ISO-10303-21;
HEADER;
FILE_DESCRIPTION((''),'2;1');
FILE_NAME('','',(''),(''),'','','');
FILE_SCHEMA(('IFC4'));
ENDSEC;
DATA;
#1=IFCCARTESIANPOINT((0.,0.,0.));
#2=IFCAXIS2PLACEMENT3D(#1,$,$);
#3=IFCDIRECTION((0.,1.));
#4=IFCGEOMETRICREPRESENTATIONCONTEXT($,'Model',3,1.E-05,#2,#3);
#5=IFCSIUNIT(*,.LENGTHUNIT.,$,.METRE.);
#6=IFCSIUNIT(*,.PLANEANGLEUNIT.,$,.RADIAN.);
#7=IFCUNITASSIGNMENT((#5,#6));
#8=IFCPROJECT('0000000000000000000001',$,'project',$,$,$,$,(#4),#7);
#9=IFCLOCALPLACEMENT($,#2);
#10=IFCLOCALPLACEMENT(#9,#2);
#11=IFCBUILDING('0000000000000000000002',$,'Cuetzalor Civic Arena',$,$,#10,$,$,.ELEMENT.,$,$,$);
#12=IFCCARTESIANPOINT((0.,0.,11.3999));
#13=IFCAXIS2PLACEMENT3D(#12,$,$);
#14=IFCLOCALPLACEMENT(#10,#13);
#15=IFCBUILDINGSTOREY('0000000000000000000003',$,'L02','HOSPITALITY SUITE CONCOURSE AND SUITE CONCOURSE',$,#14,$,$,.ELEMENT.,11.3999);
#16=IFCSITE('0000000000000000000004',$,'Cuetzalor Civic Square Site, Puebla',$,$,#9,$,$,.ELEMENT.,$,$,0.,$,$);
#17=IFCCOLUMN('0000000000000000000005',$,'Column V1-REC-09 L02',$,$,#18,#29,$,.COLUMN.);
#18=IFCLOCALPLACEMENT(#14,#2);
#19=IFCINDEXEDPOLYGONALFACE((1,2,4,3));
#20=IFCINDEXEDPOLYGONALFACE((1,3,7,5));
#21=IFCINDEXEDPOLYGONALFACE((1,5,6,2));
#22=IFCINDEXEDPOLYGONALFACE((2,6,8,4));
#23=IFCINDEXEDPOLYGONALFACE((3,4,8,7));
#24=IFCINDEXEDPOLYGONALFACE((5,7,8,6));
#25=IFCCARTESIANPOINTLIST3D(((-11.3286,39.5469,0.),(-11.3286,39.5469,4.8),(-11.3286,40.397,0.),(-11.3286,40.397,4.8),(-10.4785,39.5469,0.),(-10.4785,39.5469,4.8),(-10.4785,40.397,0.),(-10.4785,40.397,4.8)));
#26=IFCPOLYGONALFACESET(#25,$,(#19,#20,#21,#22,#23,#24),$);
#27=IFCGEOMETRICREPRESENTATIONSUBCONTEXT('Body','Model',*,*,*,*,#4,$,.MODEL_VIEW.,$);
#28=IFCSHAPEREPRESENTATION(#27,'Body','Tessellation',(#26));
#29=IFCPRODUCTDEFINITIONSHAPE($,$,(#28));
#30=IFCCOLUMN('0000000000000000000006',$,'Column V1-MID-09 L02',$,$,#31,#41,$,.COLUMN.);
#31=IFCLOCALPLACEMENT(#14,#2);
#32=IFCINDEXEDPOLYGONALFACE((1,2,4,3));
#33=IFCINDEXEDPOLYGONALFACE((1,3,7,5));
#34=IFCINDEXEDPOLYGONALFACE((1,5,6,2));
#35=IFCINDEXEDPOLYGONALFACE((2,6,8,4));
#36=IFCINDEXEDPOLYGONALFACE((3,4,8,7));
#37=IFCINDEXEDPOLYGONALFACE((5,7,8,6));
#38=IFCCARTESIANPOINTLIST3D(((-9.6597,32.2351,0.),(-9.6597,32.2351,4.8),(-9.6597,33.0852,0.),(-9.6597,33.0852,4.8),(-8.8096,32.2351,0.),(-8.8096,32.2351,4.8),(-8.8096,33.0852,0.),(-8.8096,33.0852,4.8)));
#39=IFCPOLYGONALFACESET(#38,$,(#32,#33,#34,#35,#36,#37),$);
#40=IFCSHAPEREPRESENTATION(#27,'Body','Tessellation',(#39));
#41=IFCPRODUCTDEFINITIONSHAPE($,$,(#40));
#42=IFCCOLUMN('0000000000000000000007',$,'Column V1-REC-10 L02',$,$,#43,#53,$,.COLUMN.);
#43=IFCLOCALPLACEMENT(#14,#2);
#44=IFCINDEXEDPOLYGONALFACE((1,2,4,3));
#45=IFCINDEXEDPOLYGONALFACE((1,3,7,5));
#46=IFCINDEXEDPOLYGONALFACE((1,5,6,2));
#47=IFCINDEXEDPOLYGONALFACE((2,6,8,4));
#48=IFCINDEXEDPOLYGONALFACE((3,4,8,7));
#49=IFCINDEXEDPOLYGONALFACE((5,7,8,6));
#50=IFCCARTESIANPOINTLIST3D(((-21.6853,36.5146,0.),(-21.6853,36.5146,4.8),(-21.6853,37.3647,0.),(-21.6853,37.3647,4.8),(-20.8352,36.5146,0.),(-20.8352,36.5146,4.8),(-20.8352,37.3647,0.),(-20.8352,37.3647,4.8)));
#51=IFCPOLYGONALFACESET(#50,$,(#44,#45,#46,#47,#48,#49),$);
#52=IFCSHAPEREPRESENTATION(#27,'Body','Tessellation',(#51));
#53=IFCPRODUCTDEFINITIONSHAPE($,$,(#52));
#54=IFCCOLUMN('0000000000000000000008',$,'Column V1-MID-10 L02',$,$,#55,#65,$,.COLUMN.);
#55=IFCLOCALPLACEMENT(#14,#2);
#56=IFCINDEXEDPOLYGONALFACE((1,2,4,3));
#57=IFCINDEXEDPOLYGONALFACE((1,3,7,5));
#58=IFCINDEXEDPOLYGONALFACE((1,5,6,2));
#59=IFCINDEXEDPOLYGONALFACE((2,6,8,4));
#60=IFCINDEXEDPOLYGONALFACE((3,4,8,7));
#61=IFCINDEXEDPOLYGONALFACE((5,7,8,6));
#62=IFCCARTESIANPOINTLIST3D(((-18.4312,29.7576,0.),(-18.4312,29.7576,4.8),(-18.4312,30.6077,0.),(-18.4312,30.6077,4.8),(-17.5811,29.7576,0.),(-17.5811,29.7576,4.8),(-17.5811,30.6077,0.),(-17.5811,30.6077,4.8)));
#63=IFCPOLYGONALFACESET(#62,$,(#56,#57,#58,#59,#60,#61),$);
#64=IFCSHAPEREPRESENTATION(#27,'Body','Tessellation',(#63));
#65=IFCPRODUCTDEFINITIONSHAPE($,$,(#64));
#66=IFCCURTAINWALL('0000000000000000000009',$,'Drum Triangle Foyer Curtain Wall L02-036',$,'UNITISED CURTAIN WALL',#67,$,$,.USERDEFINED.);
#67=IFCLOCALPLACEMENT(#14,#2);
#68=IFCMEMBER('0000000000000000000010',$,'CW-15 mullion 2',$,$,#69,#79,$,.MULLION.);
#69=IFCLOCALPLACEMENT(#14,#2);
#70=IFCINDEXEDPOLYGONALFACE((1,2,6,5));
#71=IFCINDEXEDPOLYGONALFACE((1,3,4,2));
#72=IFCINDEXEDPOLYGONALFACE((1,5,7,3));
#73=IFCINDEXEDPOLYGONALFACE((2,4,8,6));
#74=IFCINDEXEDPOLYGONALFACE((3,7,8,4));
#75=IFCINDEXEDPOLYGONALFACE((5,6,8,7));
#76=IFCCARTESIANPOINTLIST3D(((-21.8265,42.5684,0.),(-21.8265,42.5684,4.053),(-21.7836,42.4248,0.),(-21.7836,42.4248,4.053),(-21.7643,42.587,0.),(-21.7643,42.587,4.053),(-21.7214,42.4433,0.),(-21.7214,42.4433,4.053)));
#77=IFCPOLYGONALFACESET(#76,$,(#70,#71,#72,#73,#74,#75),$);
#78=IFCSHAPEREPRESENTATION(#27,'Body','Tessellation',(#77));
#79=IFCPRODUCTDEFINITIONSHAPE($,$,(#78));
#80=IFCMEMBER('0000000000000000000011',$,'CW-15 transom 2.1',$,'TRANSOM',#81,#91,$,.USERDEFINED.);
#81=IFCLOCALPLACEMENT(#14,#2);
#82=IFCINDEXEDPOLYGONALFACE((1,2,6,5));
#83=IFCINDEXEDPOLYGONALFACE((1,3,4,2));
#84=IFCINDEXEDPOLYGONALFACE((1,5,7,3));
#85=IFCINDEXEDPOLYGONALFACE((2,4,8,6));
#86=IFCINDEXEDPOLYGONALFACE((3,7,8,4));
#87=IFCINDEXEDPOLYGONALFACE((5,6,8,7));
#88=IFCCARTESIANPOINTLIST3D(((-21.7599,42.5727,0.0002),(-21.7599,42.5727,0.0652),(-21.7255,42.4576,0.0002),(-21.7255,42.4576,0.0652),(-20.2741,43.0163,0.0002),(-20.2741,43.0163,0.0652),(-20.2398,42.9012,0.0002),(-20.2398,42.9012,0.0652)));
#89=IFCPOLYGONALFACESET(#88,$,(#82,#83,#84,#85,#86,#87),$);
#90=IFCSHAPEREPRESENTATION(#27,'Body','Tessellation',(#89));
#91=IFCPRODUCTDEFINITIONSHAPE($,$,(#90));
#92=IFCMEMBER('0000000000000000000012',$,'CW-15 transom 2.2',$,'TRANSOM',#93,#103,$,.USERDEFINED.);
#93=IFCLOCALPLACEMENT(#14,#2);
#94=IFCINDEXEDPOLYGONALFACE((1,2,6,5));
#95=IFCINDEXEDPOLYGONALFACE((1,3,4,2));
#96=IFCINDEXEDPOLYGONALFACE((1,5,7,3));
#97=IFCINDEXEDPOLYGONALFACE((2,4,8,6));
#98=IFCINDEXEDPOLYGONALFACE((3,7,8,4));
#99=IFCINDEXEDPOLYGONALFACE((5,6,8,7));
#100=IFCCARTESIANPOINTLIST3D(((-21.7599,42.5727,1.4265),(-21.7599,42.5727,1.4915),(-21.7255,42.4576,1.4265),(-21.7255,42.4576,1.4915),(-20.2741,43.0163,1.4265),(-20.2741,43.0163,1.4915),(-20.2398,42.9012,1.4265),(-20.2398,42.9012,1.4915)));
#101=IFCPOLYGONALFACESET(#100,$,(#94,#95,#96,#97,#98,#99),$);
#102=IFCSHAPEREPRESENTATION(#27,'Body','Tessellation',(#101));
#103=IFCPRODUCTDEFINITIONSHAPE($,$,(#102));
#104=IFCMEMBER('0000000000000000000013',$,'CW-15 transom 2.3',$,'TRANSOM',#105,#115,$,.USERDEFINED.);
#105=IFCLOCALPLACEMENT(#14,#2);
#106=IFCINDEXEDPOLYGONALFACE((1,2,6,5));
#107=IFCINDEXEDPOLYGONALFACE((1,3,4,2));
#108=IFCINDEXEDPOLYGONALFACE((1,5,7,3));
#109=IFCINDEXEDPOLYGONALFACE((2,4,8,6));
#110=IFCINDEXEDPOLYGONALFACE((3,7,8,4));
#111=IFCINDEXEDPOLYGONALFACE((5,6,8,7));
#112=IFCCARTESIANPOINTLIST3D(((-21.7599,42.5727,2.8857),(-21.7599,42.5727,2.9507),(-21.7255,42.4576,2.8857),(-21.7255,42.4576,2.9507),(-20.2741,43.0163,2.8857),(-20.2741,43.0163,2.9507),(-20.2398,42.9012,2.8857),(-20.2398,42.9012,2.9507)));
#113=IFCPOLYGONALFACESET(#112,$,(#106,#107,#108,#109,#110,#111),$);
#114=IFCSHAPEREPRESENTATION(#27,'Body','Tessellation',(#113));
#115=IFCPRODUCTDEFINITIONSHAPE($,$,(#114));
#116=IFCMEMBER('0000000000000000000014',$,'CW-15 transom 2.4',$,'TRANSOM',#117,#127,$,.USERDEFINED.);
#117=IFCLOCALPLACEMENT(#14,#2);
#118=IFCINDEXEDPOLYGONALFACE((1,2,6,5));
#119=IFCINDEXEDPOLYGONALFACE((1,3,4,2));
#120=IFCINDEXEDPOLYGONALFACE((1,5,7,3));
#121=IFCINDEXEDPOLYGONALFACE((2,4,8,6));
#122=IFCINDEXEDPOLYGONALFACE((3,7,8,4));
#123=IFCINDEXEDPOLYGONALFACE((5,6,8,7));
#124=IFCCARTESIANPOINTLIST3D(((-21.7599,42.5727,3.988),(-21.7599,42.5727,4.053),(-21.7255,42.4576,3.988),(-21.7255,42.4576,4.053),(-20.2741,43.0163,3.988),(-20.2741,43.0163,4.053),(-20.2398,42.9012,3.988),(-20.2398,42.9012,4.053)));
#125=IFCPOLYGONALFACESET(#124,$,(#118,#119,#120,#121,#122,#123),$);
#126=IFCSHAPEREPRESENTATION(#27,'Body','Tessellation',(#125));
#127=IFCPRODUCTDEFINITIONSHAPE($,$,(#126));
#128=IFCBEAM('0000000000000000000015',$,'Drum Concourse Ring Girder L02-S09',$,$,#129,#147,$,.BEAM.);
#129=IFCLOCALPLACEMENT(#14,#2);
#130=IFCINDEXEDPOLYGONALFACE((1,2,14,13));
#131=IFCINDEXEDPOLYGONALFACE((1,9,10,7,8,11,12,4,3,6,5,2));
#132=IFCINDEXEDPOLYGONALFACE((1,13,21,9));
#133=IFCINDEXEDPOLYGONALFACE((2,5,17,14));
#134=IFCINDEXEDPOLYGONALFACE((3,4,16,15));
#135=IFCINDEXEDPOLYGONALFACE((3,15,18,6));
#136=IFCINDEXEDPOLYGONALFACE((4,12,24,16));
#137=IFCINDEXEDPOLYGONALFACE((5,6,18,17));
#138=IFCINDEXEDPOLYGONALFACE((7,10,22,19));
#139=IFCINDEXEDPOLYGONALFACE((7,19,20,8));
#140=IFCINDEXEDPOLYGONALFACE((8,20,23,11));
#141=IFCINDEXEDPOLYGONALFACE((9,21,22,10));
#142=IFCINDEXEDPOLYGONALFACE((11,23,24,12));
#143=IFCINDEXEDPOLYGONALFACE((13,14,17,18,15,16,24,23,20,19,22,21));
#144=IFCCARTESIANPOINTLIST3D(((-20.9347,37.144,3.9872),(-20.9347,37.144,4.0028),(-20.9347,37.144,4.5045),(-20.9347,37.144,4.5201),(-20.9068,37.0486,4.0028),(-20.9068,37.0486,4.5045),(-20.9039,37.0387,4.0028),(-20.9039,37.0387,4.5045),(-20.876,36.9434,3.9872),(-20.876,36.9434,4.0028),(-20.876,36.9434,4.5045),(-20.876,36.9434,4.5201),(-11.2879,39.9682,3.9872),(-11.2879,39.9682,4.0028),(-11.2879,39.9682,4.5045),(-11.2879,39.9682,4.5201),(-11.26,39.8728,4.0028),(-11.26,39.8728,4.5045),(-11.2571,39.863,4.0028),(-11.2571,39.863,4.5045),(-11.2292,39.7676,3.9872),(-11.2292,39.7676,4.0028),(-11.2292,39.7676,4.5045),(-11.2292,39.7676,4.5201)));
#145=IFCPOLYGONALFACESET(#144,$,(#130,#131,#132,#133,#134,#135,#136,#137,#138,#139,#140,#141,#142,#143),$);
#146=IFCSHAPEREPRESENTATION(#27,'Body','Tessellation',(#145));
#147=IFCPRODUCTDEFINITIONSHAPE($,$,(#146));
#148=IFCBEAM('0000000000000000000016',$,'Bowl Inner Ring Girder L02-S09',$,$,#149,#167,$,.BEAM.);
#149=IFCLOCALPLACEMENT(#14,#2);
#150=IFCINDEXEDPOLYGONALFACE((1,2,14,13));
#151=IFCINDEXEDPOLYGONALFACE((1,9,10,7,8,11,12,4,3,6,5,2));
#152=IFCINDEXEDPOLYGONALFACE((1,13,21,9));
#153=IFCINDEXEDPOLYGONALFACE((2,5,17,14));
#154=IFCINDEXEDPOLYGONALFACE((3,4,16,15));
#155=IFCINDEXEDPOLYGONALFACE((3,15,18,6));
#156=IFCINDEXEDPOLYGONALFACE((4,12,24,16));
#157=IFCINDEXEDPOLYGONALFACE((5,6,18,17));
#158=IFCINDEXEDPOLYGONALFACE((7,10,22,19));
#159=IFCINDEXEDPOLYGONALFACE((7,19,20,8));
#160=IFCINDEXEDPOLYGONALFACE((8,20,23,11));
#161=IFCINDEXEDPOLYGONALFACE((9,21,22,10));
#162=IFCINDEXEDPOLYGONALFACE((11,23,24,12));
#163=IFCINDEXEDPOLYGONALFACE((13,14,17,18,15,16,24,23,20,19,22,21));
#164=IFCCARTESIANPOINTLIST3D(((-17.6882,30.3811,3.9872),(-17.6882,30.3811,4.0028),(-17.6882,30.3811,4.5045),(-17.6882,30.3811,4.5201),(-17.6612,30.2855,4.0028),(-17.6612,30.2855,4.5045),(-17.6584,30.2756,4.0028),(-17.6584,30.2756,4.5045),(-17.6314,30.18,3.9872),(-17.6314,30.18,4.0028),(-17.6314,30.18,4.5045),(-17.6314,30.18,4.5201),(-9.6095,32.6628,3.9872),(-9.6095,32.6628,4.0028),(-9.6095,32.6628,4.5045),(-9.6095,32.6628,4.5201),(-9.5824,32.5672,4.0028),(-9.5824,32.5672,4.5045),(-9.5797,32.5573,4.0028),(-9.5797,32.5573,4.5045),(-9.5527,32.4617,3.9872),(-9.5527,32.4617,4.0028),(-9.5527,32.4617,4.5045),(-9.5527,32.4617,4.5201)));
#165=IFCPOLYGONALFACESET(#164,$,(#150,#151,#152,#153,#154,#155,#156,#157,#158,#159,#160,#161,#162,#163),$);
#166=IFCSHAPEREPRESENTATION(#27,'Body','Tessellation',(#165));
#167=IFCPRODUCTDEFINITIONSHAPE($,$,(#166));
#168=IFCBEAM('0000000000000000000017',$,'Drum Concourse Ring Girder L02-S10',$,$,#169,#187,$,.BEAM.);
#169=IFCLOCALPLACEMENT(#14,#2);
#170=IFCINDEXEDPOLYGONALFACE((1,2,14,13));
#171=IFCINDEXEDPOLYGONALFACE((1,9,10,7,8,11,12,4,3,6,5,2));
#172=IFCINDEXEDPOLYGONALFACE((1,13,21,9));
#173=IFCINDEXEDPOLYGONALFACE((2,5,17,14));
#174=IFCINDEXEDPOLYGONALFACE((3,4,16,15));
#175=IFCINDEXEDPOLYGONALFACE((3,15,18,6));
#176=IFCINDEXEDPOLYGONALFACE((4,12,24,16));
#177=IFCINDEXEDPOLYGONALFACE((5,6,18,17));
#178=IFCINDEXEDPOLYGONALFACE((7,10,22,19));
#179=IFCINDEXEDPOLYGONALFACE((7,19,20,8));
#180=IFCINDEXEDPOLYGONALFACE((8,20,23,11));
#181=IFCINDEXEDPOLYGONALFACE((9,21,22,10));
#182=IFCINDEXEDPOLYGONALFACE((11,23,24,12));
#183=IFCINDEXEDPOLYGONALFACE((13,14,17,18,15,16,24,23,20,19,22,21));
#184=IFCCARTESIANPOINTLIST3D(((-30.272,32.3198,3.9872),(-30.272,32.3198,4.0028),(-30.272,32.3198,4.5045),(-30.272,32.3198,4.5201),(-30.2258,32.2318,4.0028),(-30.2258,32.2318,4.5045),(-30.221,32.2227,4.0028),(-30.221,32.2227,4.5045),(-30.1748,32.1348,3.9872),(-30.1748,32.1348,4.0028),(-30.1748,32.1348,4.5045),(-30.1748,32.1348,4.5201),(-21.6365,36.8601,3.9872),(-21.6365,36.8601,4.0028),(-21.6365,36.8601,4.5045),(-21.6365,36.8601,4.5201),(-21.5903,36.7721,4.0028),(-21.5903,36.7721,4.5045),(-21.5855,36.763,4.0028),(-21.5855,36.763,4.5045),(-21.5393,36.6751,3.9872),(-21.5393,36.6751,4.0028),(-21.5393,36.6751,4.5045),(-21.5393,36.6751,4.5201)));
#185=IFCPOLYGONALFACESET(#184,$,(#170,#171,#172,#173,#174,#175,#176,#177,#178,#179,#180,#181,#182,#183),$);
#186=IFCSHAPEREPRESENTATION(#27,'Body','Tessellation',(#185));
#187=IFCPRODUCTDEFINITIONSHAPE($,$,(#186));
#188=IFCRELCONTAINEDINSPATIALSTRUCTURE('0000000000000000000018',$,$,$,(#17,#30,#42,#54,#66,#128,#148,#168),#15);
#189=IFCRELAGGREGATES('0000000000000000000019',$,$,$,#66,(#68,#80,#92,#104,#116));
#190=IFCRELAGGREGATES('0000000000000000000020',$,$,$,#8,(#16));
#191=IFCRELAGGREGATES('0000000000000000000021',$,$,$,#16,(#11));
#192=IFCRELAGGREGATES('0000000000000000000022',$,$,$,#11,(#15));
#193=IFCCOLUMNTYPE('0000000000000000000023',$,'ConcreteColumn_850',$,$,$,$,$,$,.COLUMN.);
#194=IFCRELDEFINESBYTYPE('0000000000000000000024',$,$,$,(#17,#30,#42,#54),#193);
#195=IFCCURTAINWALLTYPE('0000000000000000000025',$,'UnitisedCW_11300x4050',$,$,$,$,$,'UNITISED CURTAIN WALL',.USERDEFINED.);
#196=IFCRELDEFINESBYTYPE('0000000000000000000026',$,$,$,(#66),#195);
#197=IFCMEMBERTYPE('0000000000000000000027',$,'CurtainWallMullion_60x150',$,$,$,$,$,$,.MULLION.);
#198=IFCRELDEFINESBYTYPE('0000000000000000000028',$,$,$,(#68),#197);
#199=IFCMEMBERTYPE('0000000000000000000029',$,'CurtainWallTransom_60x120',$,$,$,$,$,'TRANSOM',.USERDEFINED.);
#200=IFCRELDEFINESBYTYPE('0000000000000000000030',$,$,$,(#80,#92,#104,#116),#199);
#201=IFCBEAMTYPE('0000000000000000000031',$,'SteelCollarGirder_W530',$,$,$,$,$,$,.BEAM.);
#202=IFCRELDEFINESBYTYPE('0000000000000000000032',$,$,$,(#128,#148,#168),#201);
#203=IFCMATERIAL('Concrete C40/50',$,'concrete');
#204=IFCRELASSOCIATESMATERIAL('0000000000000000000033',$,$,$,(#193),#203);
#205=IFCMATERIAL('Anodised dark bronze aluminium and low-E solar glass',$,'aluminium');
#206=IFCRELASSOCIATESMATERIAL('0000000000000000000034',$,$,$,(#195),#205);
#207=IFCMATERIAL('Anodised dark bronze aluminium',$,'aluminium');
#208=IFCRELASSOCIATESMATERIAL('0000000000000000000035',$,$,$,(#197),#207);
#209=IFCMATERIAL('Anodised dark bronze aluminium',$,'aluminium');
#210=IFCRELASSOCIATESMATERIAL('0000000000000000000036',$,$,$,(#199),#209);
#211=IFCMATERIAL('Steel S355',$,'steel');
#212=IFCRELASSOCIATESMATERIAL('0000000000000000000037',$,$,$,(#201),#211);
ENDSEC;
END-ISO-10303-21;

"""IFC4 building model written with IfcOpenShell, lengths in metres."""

from ifc_helpers import new_model, si_unit, direction, frame, origin, origin_2d, place, context, subcontext, project, spatial, rectangle, i_section, extrude, material, material_profile, profile_set, type_object, element, aggregate, save


model = new_model("IFC4")

# Units and contexts
model_context = context("Model", 3, precision=1e-05, world=origin(), true_north=direction((0.0, 1.0)))
body_context = subcontext(model_context, "Body", "Model", "MODEL_VIEW")
ifc_project = project(units=[si_unit("LENGTHUNIT", "METRE"), si_unit("PLANEANGLEUNIT", "RADIAN")], contexts=[model_context])

# Site, building, storey
site_placement = place(None, origin())
site = spatial("IfcSite", under=ifc_project, at=site_placement, Name="Cuetzalor Civic Square Site, Puebla", CompositionType="ELEMENT", RefElevation=0.0)
building_placement = place(site_placement, origin())
building = spatial("IfcBuilding", under=site, at=building_placement, Name="Cuetzalor Civic Arena", CompositionType="ELEMENT")
storey_placement = place(building_placement, frame((0.0, 0.0, 11.3999)))
storey = spatial("IfcBuildingStorey", under=building, at=storey_placement, Name="L02", Description="HOSPITALITY SUITE CONCOURSE AND SUITE CONCOURSE", CompositionType="ELEMENT", Elevation=11.3999)

# Columns
ifc_material_1 = material(Name="Concrete C40/50", Category="concrete")
ifc_material_profile_1 = material_profile(ifc_material_1, rectangle(XDim=0.8501, YDim=0.8501, at=origin_2d()), Name="RC 850x850")
ifc_profile_set_1 = profile_set([ifc_material_profile_1], Name="Concrete C40/50")
column_type = type_object("IfcColumnType", Name="ConcreteColumn_850", PredefinedType="COLUMN", material=ifc_profile_set_1)
for number, where, z_axis, x_axis, name in (
    (1, (-10.9036, 39.9719, 0.0), (0.0, 0.0, 1.0), (1.0, 0.0, 0.0), "Column V1-REC-09 L02"),
    (2, (-9.2346, 32.6602, 0.0), (0.0, 0.0, 1.0), (1.0, 0.0, 0.0), "Column V1-MID-09 L02"),
    (3, (-21.2603, 36.9397, 0.0), (0.0, 0.0, 1.0), (1.0, 0.0, 0.0), "Column V1-REC-10 L02"),
    (4, (-18.0061, 30.1826, 0.0), (0.0, 0.0, 1.0), (1.0, 0.0, 0.0), "Column V1-MID-10 L02"),
):
    element("IfcColumn", number, at=place(storey_placement, frame(where, z_axis=z_axis, x_axis=x_axis)), inside=storey, type_object=column_type, Name=name, PredefinedType="COLUMN", context=body_context, shape_type="SweptSolid", body=[
        extrude(rectangle(XDim=0.8501, YDim=0.8501, at=origin_2d()), origin(), (0.0, 0.0, 1.0), 4.8),
    ])

# Curtain wall, members
ifc_material_2 = material(Name="Anodised dark bronze aluminium and low-E solar glass", Category="aluminium")
curtain_wall_type = type_object("IfcCurtainWallType", Name="UnitisedCW_11300x4050", ElementType="UNITISED CURTAIN WALL", PredefinedType="USERDEFINED", material=ifc_material_2)
curtain_wall_placement = place(storey_placement, origin())
curtain_wall = element("IfcCurtainWall", 5, at=curtain_wall_placement, inside=storey, type_object=curtain_wall_type, Name="Drum Triangle Foyer Curtain Wall L02-036", ObjectType="UNITISED CURTAIN WALL", PredefinedType="USERDEFINED")
ifc_material_3 = material(Name="Anodised dark bronze aluminium", Category="aluminium")
ifc_material_profile_2 = material_profile(ifc_material_3, rectangle(XDim=0.0649, YDim=0.1499, at=origin_2d()), Name="ALU MULLION 65x150")
ifc_profile_set_2 = profile_set([ifc_material_profile_2], Name="Anodised dark bronze aluminium")
member_type_1 = type_object("IfcMemberType", Name="CurtainWallMullion_60x150", PredefinedType="MULLION", material=ifc_profile_set_2)
member_1_placement = place(storey_placement, frame((-21.7739, 42.5059, 0.0), z_axis=(0.0, 0.0, 1.0), x_axis=(0.958194, 0.28612, 0.0)))
member_1 = element("IfcMember", 6, at=member_1_placement, type_object=member_type_1, Name="CW-15 mullion 2", PredefinedType="MULLION", context=body_context, shape_type="SweptSolid", body=[
    extrude(rectangle(XDim=0.0649, YDim=0.1499, at=origin_2d()), origin(), (0.0, 0.0, 1.0), 4.053),
])
ifc_material_4 = material(Name="Anodised dark bronze aluminium", Category="aluminium")
ifc_material_profile_3 = material_profile(ifc_material_4, rectangle(XDim=0.1201, YDim=0.0649, at=origin_2d()), Name="ALU TRANSOM 65x120")
ifc_profile_set_3 = profile_set([ifc_material_profile_3], Name="Anodised dark bronze aluminium")
member_type_2 = type_object("IfcMemberType", Name="CurtainWallTransom_60x120", ElementType="TRANSOM", PredefinedType="USERDEFINED", material=ifc_profile_set_3)
member_2_placement = place(storey_placement, frame((-21.7427, 42.5151, 0.0327), z_axis=(0.958207, 0.286077, 0.0), x_axis=(-0.286077, 0.958207, 0.0)))
member_2 = element("IfcMember", 7, at=member_2_placement, type_object=member_type_2, Name="CW-15 transom 2.1", ObjectType="TRANSOM", PredefinedType="USERDEFINED", context=body_context, shape_type="SweptSolid", body=[
    extrude(rectangle(XDim=0.1201, YDim=0.0649, at=origin_2d()), origin(), (0.0, 0.0, 1.0), 1.5505),
])
member_3_placement = place(storey_placement, frame((-21.7427, 42.5151, 1.459), z_axis=(0.958207, 0.286077, 0.0), x_axis=(-0.286077, 0.958207, 0.0)))
member_3 = element("IfcMember", 8, at=member_3_placement, type_object=member_type_2, Name="CW-15 transom 2.2", ObjectType="TRANSOM", PredefinedType="USERDEFINED", context=body_context, shape_type="SweptSolid", body=[
    extrude(rectangle(XDim=0.1201, YDim=0.0649, at=origin_2d()), origin(), (0.0, 0.0, 1.0), 1.5505),
])
member_4_placement = place(storey_placement, frame((-21.7427, 42.5151, 2.9182), z_axis=(0.958207, 0.286077, 0.0), x_axis=(-0.286077, 0.958207, 0.0)))
member_4 = element("IfcMember", 9, at=member_4_placement, type_object=member_type_2, Name="CW-15 transom 2.3", ObjectType="TRANSOM", PredefinedType="USERDEFINED", context=body_context, shape_type="SweptSolid", body=[
    extrude(rectangle(XDim=0.1201, YDim=0.0649, at=origin_2d()), origin(), (0.0, 0.0, 1.0), 1.5505),
])
member_5_placement = place(storey_placement, frame((-21.7427, 42.5151, 4.0205), z_axis=(0.958207, 0.286077, 0.0), x_axis=(-0.286077, 0.958207, 0.0)))
member_5 = element("IfcMember", 10, at=member_5_placement, type_object=member_type_2, Name="CW-15 transom 2.4", ObjectType="TRANSOM", PredefinedType="USERDEFINED", context=body_context, shape_type="SweptSolid", body=[
    extrude(rectangle(XDim=0.1201, YDim=0.0649, at=origin_2d()), origin(), (0.0, 0.0, 1.0), 1.5505),
])

# Beams
ifc_material_5 = material(Name="Steel S355", Category="steel")
ifc_material_profile_4 = material_profile(ifc_material_5, i_section(OverallWidth=0.209, OverallDepth=0.533, WebThickness=0.0103, FlangeThickness=0.0156, at=origin_2d()), Name="W530x92")
ifc_profile_set_4 = profile_set([ifc_material_profile_4], Name="Steel S355")
beam_type_1 = type_object("IfcBeamType", Name="SteelCollarGirder_W530", PredefinedType="BEAM", material=ifc_profile_set_4)
beam_1_placement = place(storey_placement, frame((-11.2585, 39.8679, 4.2537), z_axis=(-0.959716, -0.280971, 0.0), x_axis=(0.280971, -0.959716, 0.0)))
element("IfcBeam", 11, at=beam_1_placement, inside=storey, type_object=beam_type_1, Name="Drum Concourse Ring Girder L02-S09", PredefinedType="BEAM", context=body_context, shape_type="SweptSolid", body=[
    extrude(i_section(OverallWidth=0.209, OverallDepth=0.533, WebThickness=0.0103, FlangeThickness=0.0156, at=origin_2d()), origin(), (0.0, 0.0, 1.0), 10.0518),
])
beam_2_placement = place(storey_placement, frame((-9.5811, 32.5623, 4.2537), z_axis=(-0.962354, -0.271801, 0.0), x_axis=(0.271801, -0.962354, 0.0)))
element("IfcBeam", 12, at=beam_2_placement, inside=storey, type_object=beam_type_1, Name="Bowl Inner Ring Girder L02-S09", PredefinedType="BEAM", context=body_context, shape_type="SweptSolid", body=[
    extrude(i_section(OverallWidth=0.209, OverallDepth=0.533, WebThickness=0.0103, FlangeThickness=0.0156, at=origin_2d()), origin(), (0.0, 0.0, 1.0), 8.3948),
])
beam_3_placement = place(storey_placement, frame((-21.5879, 36.7676, 4.2537), z_axis=(-0.885117, -0.465368, 0.0), x_axis=(0.465368, -0.885117, 0.0)))
element("IfcBeam", 13, at=beam_3_placement, inside=storey, type_object=beam_type_1, Name="Drum Concourse Ring Girder L02-S10", PredefinedType="BEAM", context=body_context, shape_type="SweptSolid", body=[
    extrude(i_section(OverallWidth=0.209, OverallDepth=0.533, WebThickness=0.0103, FlangeThickness=0.0156, at=origin_2d()), origin(), (0.0, 0.0, 1.0), 9.7563),
])

aggregate(curtain_wall, [member_1, member_2, member_3, member_4, member_5])

save(model, "model.ifc")
